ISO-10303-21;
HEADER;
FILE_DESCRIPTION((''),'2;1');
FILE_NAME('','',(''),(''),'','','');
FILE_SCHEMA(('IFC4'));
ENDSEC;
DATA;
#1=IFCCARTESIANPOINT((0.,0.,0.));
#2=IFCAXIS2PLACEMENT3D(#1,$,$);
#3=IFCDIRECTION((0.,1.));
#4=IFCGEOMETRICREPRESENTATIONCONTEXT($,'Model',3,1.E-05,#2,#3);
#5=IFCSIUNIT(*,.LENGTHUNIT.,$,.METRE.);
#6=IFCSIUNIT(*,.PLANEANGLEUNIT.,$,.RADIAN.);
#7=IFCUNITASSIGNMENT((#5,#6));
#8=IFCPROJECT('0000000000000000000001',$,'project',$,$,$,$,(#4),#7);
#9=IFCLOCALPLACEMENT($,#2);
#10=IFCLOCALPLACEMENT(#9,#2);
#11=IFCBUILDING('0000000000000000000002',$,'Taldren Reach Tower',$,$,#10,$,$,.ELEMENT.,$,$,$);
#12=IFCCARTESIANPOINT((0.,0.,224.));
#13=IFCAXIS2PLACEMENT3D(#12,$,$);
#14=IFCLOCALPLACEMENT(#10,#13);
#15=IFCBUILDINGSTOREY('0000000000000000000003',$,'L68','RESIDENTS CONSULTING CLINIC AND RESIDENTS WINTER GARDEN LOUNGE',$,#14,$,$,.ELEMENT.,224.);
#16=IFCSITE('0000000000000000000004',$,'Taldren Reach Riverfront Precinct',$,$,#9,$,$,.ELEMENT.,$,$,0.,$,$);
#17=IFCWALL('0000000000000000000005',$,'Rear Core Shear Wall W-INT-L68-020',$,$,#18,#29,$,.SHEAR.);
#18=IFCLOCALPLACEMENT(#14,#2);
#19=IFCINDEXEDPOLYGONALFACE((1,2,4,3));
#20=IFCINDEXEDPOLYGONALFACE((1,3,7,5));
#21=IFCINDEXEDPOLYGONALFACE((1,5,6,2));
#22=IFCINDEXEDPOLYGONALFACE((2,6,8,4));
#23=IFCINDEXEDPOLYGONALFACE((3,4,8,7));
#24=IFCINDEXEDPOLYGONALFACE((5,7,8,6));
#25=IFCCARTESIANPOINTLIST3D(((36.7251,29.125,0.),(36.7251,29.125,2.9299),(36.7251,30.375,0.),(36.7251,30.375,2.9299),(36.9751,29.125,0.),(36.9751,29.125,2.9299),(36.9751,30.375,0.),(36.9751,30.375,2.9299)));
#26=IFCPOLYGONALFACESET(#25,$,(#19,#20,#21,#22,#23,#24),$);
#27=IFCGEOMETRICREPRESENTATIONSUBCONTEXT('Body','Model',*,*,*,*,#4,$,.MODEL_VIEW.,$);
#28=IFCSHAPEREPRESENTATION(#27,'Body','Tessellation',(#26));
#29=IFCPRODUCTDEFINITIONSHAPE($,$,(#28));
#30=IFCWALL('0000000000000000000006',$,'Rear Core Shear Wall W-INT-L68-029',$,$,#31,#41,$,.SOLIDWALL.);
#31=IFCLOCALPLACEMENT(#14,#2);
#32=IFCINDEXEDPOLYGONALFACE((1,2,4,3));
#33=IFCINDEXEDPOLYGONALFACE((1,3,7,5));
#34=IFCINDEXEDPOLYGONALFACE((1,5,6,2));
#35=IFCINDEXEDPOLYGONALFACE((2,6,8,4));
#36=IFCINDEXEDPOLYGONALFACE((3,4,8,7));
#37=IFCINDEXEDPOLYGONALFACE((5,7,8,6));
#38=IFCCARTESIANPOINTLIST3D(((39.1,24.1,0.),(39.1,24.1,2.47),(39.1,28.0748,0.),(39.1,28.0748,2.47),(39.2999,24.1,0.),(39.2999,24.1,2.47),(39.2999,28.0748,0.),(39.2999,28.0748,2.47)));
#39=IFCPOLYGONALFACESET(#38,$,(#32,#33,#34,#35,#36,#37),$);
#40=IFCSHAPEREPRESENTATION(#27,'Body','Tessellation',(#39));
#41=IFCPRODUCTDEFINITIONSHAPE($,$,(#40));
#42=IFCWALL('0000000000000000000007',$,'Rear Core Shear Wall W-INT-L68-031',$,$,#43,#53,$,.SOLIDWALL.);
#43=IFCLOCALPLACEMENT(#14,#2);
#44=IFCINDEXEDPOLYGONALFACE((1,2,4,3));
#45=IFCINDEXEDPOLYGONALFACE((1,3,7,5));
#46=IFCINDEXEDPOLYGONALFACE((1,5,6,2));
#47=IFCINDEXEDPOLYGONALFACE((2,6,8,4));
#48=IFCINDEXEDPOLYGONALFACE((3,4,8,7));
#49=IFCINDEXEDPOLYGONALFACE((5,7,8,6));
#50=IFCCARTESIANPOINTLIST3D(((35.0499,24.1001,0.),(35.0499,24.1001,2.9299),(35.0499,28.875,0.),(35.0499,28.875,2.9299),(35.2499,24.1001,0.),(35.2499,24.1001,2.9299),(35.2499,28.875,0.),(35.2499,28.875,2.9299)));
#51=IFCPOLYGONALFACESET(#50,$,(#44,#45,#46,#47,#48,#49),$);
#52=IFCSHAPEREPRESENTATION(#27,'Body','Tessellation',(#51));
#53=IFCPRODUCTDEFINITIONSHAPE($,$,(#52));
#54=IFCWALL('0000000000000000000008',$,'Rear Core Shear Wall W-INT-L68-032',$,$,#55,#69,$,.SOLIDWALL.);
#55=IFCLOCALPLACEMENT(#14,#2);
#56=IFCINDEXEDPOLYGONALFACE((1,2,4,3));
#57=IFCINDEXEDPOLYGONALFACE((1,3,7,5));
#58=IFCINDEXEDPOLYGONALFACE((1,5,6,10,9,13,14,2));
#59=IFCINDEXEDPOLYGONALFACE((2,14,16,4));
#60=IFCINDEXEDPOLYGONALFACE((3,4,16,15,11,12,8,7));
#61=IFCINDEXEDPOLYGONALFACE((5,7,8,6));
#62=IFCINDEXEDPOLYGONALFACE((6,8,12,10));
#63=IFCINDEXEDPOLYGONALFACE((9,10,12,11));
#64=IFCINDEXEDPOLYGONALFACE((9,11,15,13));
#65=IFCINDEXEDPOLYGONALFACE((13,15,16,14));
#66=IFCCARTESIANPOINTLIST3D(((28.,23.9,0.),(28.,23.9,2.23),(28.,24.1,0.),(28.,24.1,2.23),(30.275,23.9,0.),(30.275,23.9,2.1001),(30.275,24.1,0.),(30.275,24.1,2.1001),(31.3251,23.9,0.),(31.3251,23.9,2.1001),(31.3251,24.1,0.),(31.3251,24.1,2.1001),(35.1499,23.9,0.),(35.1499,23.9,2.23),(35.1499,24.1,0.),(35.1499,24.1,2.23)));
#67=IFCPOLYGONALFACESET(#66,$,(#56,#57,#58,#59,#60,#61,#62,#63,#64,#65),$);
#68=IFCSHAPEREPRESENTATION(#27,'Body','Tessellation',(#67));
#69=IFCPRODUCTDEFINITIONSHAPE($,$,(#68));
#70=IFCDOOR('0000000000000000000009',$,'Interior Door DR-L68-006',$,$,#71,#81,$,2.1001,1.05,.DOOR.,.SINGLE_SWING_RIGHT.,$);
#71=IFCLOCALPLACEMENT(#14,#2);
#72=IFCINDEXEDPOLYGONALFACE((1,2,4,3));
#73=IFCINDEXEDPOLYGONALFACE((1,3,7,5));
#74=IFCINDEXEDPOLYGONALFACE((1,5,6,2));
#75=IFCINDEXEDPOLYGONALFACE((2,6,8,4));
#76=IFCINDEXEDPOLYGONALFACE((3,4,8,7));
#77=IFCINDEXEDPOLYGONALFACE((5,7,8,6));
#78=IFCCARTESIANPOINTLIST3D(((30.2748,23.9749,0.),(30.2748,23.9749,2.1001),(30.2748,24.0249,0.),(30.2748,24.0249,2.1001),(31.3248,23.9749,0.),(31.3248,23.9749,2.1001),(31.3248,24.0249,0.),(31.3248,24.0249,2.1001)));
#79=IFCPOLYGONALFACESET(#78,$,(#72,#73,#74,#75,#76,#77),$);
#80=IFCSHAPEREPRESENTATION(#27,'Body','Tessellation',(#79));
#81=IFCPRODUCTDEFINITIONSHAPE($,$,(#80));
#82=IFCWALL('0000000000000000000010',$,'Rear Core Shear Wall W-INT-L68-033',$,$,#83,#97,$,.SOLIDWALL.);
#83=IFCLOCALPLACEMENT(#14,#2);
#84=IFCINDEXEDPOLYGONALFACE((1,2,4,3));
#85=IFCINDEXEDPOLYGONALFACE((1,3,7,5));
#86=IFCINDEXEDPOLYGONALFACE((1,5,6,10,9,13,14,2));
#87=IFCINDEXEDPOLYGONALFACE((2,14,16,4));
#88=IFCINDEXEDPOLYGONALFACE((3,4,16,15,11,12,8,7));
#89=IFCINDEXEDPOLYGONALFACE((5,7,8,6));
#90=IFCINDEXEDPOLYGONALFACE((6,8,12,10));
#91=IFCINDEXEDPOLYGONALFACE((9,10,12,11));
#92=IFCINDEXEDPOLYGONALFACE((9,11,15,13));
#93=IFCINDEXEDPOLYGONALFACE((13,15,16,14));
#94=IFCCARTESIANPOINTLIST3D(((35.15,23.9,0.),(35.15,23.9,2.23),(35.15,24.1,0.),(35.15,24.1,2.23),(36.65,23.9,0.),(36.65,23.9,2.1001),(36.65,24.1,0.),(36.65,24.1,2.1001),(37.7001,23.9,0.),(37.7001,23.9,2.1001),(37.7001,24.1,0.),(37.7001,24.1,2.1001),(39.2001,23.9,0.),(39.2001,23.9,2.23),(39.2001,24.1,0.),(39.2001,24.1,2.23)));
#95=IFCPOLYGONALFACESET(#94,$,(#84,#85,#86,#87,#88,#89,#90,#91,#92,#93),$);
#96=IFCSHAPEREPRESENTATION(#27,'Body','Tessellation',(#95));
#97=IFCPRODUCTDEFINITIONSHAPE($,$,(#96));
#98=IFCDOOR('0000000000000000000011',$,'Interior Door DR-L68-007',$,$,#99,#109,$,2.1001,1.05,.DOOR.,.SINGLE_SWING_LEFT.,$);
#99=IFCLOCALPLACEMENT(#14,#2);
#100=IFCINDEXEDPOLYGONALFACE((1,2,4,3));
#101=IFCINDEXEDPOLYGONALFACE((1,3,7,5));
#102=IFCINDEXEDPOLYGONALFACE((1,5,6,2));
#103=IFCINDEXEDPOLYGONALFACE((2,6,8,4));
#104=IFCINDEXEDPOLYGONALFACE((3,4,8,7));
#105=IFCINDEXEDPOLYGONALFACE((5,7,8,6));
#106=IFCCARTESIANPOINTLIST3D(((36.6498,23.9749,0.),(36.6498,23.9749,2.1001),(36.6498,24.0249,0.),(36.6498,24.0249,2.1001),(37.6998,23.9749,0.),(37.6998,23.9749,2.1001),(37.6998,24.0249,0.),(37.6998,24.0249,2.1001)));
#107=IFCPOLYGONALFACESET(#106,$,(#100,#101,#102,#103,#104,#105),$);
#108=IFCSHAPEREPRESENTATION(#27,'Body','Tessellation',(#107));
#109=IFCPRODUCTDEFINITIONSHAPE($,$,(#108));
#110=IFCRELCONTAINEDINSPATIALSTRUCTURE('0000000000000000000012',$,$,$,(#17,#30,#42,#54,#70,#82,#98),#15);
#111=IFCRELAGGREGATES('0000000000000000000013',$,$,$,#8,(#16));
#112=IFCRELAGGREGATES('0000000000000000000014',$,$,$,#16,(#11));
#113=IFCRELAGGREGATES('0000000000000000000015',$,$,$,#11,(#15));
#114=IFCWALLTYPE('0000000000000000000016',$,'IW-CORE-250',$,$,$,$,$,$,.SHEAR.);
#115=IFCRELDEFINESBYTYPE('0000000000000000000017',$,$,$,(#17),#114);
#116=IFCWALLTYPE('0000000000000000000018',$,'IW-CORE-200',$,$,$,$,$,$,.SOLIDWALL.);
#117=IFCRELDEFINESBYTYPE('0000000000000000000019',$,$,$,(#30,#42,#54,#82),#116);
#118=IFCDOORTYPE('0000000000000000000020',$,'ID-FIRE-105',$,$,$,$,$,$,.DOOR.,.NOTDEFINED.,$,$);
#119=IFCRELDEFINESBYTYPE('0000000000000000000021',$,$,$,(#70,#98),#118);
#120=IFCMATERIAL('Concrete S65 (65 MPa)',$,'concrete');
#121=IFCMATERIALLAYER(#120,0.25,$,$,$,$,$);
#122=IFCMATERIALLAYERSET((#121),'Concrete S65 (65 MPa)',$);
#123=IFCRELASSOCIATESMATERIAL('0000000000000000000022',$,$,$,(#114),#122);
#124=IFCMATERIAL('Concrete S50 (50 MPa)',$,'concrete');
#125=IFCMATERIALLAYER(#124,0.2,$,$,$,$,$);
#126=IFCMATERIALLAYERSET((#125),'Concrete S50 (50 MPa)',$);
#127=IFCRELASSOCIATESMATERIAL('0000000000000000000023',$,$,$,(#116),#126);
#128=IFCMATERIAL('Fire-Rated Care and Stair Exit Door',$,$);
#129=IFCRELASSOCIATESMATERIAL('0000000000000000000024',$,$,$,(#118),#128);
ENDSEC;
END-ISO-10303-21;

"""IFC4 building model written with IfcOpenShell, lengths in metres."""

from ifc_helpers import new_model, si_unit, direction, frame, frame_2d, origin, place, context, subcontext, project, spatial, rectangle, extrude, source, transform, mapped, material, layer, layer_set, type_object, element, fill, save


model = new_model("IFC4")

# Units and contexts
model_context = context("Model", 3, precision=1e-05, world=origin(), true_north=direction((0.0, 1.0)))
body_context = subcontext(model_context, "Body", "Model", "MODEL_VIEW")
ifc_project = project(units=[si_unit("LENGTHUNIT", "METRE"), si_unit("PLANEANGLEUNIT", "RADIAN")], contexts=[model_context])

# Site, building, storey
site_placement = place(None, origin())
site = spatial("IfcSite", under=ifc_project, at=site_placement, Name="Taldren Reach Riverfront Precinct", CompositionType="ELEMENT", RefElevation=0.0)
building_placement = place(site_placement, origin())
building = spatial("IfcBuilding", under=site, at=building_placement, Name="Taldren Reach Tower", CompositionType="ELEMENT")
storey_placement = place(building_placement, frame((0.0, 0.0, 224.0)))
storey = spatial("IfcBuildingStorey", under=building, at=storey_placement, Name="L68", Description="RESIDENTS CONSULTING CLINIC AND RESIDENTS WINTER GARDEN LOUNGE", CompositionType="ELEMENT", Elevation=224.0)

# Wall
ifc_material_1 = material(Name="Concrete S65 (65 MPa)", Category="concrete")
ifc_layer_1 = layer(ifc_material_1, 0.25)
ifc_layer_set_1 = layer_set([ifc_layer_1], Name="Concrete S65 (65 MPa)")
wall_type_1 = type_object("IfcWallType", Name="IW-CORE-250", PredefinedType="SHEAR", material=ifc_layer_set_1)
shared_shape_1 = source(origin(), body_context, "Body", "SweptSolid", [
    extrude(rectangle(XDim=1.25, YDim=0.25, at=frame_2d((0.625, 0.0))), origin(), (0.0, 0.0, 1.0), 2.9299),
])
for number, where, z_axis, x_axis, name in (
    (1, (36.8501, 29.125, 0.0), (0.0, 0.0, 1.0), (0.0, 1.0, 0.0), "Rear Core Shear Wall W-INT-L68-020"),
):
    element("IfcWall", number, at=place(storey_placement, frame(where, z_axis=z_axis, x_axis=x_axis)), inside=storey, type_object=wall_type_1, Name=name, PredefinedType="SHEAR", context=body_context, shape_type="MappedRepresentation", body=[
        mapped(shared_shape_1, transform((0.0, 0.0, 0.0), scale=1.0)),
    ])

# Walls
ifc_material_2 = material(Name="Concrete S50 (50 MPa)", Category="concrete")
ifc_layer_2 = layer(ifc_material_2, 0.2)
ifc_layer_set_2 = layer_set([ifc_layer_2], Name="Concrete S50 (50 MPa)")
wall_type_2 = type_object("IfcWallType", Name="IW-CORE-200", PredefinedType="SOLIDWALL", material=ifc_layer_set_2)
shared_shape_2 = source(origin(), body_context, "Body", "SweptSolid", [
    extrude(rectangle(XDim=3.9749, YDim=0.2, at=frame_2d((1.9873, 0.0))), origin(), (0.0, 0.0, 1.0), 2.47),
])
wall_1_placement = place(storey_placement, frame((39.2, 24.1001, 0.0), z_axis=(0.0, 0.0, 1.0), x_axis=(0.0, 1.0, 0.0)))
element("IfcWall", 2, at=wall_1_placement, inside=storey, type_object=wall_type_2, Name="Rear Core Shear Wall W-INT-L68-029", PredefinedType="SOLIDWALL", context=body_context, shape_type="MappedRepresentation", body=[
    mapped(shared_shape_2, transform((0.0, 0.0, 0.0), scale=1.0)),
])
shared_shape_3 = source(origin(), body_context, "Body", "SweptSolid", [
    extrude(rectangle(XDim=4.7749, YDim=0.2, at=frame_2d((2.3875, 0.0))), origin(), (0.0, 0.0, 1.0), 2.9299),
])
wall_2_placement = place(storey_placement, frame((35.1499, 28.875, 0.0), z_axis=(0.0, 0.0, 1.0), x_axis=(0.0, -1.0, 0.0)))
element("IfcWall", 3, at=wall_2_placement, inside=storey, type_object=wall_type_2, Name="Rear Core Shear Wall W-INT-L68-031", PredefinedType="SOLIDWALL", context=body_context, shape_type="MappedRepresentation", body=[
    mapped(shared_shape_3, transform((0.0, 0.0, 0.0), scale=1.0)),
])

# Walls, openings, doors
shared_shape_4 = source(origin(), body_context, "Body", "SweptSolid", [
    extrude(rectangle(XDim=7.1499, YDim=0.2, at=frame_2d((3.575, 0.0))), origin(), (0.0, 0.0, 1.0), 2.23),
])
wall_3_placement = place(storey_placement, frame((35.1499, 24.0, 0.0), z_axis=(0.0, 0.0, 1.0), x_axis=(-1.0, 0.0, 0.0)))
wall_3 = element("IfcWall", 4, at=wall_3_placement, inside=storey, type_object=wall_type_2, Name="Rear Core Shear Wall W-INT-L68-032", PredefinedType="SOLIDWALL", context=body_context, shape_type="MappedRepresentation", body=[
    mapped(shared_shape_4, transform((0.0, 0.0, 0.0), scale=1.0)),
])
shared_shape_5 = source(origin(), body_context, "Body", "SweptSolid", [
    extrude(rectangle(XDim=1.05, YDim=2.1001, at=frame_2d((0.5249, 1.05))), frame((0.0, 0.1099, 0.0), z_axis=(0.0, -1.0, 0.0), x_axis=(1.0, 0.0, 0.0)), (0.0, 0.0, 1.0), 0.22),
])
opening_1_placement = place(wall_3_placement, frame((3.825, 0.0, 0.0)))
opening_1 = element("IfcOpeningElement", 5, at=opening_1_placement, cuts=wall_3, PredefinedType="OPENING", context=body_context, shape_type="MappedRepresentation", body=[
    mapped(shared_shape_5, transform((0.0, 0.0, 0.0), scale=1.0)),
])
ifc_material_3 = material(Name="Fire-Rated Care and Stair Exit Door")
door_type_1 = type_object("IfcDoorType", Name="ID-FIRE-105", OperationType="NOTDEFINED", PredefinedType="DOOR", material=ifc_material_3)
shared_shape_6 = source(origin(), body_context, "Body", "SweptSolid", [
    extrude(rectangle(XDim=1.05, YDim=2.1001, at=frame_2d((0.5249, 1.05))), frame((0.0, 0.0249, 0.0), z_axis=(0.0, -1.0, 0.0), x_axis=(1.0, 0.0, 0.0)), (0.0, 0.0, 1.0), 0.05),
])
door_1_placement = place(opening_1_placement, frame((1.05, 0.0, 0.0), z_axis=(0.0, 0.0, 1.0), x_axis=(-1.0, 0.0, 0.0)))
door_1 = element("IfcDoor", 6, at=door_1_placement, inside=storey, type_object=door_type_1, Name="Interior Door DR-L68-006", OperationType="SINGLE_SWING_RIGHT", OverallHeight=2.1001, OverallWidth=1.05, PredefinedType="DOOR", context=body_context, shape_type="MappedRepresentation", body=[
    mapped(shared_shape_6, transform((0.0, 0.0, 0.0), scale=1.0)),
])
fill(opening_1, door_1)
shared_shape_7 = source(origin(), body_context, "Body", "SweptSolid", [
    extrude(rectangle(XDim=4.05, YDim=0.2, at=frame_2d((2.0249, 0.0))), origin(), (0.0, 0.0, 1.0), 2.23),
])
wall_4_placement = place(storey_placement, frame((39.2, 24.0, 0.0), z_axis=(0.0, 0.0, 1.0), x_axis=(-1.0, 0.0, 0.0)))
wall_4 = element("IfcWall", 7, at=wall_4_placement, inside=storey, type_object=wall_type_2, Name="Rear Core Shear Wall W-INT-L68-033", PredefinedType="SOLIDWALL", context=body_context, shape_type="MappedRepresentation", body=[
    mapped(shared_shape_7, transform((0.0, 0.0, 0.0), scale=1.0)),
])
opening_2_placement = place(wall_4_placement, frame((1.5, 0.0, 0.0)))
opening_2 = element("IfcOpeningElement", 8, at=opening_2_placement, cuts=wall_4, PredefinedType="OPENING", context=body_context, shape_type="MappedRepresentation", body=[
    mapped(shared_shape_5, transform((0.0, 0.0, 0.0), scale=1.0)),
])
door_2_placement = place(opening_2_placement, frame((1.05, 0.0, 0.0), z_axis=(0.0, 0.0, 1.0), x_axis=(-1.0, 0.0, 0.0)))
door_2 = element("IfcDoor", 9, at=door_2_placement, inside=storey, type_object=door_type_1, Name="Interior Door DR-L68-007", OperationType="SINGLE_SWING_LEFT", OverallHeight=2.1001, OverallWidth=1.05, PredefinedType="DOOR", context=body_context, shape_type="MappedRepresentation", body=[
    mapped(shared_shape_6, transform((0.0, 0.0, 0.0), scale=1.0)),
])
fill(opening_2, door_2)

save(model, "model.ifc")
